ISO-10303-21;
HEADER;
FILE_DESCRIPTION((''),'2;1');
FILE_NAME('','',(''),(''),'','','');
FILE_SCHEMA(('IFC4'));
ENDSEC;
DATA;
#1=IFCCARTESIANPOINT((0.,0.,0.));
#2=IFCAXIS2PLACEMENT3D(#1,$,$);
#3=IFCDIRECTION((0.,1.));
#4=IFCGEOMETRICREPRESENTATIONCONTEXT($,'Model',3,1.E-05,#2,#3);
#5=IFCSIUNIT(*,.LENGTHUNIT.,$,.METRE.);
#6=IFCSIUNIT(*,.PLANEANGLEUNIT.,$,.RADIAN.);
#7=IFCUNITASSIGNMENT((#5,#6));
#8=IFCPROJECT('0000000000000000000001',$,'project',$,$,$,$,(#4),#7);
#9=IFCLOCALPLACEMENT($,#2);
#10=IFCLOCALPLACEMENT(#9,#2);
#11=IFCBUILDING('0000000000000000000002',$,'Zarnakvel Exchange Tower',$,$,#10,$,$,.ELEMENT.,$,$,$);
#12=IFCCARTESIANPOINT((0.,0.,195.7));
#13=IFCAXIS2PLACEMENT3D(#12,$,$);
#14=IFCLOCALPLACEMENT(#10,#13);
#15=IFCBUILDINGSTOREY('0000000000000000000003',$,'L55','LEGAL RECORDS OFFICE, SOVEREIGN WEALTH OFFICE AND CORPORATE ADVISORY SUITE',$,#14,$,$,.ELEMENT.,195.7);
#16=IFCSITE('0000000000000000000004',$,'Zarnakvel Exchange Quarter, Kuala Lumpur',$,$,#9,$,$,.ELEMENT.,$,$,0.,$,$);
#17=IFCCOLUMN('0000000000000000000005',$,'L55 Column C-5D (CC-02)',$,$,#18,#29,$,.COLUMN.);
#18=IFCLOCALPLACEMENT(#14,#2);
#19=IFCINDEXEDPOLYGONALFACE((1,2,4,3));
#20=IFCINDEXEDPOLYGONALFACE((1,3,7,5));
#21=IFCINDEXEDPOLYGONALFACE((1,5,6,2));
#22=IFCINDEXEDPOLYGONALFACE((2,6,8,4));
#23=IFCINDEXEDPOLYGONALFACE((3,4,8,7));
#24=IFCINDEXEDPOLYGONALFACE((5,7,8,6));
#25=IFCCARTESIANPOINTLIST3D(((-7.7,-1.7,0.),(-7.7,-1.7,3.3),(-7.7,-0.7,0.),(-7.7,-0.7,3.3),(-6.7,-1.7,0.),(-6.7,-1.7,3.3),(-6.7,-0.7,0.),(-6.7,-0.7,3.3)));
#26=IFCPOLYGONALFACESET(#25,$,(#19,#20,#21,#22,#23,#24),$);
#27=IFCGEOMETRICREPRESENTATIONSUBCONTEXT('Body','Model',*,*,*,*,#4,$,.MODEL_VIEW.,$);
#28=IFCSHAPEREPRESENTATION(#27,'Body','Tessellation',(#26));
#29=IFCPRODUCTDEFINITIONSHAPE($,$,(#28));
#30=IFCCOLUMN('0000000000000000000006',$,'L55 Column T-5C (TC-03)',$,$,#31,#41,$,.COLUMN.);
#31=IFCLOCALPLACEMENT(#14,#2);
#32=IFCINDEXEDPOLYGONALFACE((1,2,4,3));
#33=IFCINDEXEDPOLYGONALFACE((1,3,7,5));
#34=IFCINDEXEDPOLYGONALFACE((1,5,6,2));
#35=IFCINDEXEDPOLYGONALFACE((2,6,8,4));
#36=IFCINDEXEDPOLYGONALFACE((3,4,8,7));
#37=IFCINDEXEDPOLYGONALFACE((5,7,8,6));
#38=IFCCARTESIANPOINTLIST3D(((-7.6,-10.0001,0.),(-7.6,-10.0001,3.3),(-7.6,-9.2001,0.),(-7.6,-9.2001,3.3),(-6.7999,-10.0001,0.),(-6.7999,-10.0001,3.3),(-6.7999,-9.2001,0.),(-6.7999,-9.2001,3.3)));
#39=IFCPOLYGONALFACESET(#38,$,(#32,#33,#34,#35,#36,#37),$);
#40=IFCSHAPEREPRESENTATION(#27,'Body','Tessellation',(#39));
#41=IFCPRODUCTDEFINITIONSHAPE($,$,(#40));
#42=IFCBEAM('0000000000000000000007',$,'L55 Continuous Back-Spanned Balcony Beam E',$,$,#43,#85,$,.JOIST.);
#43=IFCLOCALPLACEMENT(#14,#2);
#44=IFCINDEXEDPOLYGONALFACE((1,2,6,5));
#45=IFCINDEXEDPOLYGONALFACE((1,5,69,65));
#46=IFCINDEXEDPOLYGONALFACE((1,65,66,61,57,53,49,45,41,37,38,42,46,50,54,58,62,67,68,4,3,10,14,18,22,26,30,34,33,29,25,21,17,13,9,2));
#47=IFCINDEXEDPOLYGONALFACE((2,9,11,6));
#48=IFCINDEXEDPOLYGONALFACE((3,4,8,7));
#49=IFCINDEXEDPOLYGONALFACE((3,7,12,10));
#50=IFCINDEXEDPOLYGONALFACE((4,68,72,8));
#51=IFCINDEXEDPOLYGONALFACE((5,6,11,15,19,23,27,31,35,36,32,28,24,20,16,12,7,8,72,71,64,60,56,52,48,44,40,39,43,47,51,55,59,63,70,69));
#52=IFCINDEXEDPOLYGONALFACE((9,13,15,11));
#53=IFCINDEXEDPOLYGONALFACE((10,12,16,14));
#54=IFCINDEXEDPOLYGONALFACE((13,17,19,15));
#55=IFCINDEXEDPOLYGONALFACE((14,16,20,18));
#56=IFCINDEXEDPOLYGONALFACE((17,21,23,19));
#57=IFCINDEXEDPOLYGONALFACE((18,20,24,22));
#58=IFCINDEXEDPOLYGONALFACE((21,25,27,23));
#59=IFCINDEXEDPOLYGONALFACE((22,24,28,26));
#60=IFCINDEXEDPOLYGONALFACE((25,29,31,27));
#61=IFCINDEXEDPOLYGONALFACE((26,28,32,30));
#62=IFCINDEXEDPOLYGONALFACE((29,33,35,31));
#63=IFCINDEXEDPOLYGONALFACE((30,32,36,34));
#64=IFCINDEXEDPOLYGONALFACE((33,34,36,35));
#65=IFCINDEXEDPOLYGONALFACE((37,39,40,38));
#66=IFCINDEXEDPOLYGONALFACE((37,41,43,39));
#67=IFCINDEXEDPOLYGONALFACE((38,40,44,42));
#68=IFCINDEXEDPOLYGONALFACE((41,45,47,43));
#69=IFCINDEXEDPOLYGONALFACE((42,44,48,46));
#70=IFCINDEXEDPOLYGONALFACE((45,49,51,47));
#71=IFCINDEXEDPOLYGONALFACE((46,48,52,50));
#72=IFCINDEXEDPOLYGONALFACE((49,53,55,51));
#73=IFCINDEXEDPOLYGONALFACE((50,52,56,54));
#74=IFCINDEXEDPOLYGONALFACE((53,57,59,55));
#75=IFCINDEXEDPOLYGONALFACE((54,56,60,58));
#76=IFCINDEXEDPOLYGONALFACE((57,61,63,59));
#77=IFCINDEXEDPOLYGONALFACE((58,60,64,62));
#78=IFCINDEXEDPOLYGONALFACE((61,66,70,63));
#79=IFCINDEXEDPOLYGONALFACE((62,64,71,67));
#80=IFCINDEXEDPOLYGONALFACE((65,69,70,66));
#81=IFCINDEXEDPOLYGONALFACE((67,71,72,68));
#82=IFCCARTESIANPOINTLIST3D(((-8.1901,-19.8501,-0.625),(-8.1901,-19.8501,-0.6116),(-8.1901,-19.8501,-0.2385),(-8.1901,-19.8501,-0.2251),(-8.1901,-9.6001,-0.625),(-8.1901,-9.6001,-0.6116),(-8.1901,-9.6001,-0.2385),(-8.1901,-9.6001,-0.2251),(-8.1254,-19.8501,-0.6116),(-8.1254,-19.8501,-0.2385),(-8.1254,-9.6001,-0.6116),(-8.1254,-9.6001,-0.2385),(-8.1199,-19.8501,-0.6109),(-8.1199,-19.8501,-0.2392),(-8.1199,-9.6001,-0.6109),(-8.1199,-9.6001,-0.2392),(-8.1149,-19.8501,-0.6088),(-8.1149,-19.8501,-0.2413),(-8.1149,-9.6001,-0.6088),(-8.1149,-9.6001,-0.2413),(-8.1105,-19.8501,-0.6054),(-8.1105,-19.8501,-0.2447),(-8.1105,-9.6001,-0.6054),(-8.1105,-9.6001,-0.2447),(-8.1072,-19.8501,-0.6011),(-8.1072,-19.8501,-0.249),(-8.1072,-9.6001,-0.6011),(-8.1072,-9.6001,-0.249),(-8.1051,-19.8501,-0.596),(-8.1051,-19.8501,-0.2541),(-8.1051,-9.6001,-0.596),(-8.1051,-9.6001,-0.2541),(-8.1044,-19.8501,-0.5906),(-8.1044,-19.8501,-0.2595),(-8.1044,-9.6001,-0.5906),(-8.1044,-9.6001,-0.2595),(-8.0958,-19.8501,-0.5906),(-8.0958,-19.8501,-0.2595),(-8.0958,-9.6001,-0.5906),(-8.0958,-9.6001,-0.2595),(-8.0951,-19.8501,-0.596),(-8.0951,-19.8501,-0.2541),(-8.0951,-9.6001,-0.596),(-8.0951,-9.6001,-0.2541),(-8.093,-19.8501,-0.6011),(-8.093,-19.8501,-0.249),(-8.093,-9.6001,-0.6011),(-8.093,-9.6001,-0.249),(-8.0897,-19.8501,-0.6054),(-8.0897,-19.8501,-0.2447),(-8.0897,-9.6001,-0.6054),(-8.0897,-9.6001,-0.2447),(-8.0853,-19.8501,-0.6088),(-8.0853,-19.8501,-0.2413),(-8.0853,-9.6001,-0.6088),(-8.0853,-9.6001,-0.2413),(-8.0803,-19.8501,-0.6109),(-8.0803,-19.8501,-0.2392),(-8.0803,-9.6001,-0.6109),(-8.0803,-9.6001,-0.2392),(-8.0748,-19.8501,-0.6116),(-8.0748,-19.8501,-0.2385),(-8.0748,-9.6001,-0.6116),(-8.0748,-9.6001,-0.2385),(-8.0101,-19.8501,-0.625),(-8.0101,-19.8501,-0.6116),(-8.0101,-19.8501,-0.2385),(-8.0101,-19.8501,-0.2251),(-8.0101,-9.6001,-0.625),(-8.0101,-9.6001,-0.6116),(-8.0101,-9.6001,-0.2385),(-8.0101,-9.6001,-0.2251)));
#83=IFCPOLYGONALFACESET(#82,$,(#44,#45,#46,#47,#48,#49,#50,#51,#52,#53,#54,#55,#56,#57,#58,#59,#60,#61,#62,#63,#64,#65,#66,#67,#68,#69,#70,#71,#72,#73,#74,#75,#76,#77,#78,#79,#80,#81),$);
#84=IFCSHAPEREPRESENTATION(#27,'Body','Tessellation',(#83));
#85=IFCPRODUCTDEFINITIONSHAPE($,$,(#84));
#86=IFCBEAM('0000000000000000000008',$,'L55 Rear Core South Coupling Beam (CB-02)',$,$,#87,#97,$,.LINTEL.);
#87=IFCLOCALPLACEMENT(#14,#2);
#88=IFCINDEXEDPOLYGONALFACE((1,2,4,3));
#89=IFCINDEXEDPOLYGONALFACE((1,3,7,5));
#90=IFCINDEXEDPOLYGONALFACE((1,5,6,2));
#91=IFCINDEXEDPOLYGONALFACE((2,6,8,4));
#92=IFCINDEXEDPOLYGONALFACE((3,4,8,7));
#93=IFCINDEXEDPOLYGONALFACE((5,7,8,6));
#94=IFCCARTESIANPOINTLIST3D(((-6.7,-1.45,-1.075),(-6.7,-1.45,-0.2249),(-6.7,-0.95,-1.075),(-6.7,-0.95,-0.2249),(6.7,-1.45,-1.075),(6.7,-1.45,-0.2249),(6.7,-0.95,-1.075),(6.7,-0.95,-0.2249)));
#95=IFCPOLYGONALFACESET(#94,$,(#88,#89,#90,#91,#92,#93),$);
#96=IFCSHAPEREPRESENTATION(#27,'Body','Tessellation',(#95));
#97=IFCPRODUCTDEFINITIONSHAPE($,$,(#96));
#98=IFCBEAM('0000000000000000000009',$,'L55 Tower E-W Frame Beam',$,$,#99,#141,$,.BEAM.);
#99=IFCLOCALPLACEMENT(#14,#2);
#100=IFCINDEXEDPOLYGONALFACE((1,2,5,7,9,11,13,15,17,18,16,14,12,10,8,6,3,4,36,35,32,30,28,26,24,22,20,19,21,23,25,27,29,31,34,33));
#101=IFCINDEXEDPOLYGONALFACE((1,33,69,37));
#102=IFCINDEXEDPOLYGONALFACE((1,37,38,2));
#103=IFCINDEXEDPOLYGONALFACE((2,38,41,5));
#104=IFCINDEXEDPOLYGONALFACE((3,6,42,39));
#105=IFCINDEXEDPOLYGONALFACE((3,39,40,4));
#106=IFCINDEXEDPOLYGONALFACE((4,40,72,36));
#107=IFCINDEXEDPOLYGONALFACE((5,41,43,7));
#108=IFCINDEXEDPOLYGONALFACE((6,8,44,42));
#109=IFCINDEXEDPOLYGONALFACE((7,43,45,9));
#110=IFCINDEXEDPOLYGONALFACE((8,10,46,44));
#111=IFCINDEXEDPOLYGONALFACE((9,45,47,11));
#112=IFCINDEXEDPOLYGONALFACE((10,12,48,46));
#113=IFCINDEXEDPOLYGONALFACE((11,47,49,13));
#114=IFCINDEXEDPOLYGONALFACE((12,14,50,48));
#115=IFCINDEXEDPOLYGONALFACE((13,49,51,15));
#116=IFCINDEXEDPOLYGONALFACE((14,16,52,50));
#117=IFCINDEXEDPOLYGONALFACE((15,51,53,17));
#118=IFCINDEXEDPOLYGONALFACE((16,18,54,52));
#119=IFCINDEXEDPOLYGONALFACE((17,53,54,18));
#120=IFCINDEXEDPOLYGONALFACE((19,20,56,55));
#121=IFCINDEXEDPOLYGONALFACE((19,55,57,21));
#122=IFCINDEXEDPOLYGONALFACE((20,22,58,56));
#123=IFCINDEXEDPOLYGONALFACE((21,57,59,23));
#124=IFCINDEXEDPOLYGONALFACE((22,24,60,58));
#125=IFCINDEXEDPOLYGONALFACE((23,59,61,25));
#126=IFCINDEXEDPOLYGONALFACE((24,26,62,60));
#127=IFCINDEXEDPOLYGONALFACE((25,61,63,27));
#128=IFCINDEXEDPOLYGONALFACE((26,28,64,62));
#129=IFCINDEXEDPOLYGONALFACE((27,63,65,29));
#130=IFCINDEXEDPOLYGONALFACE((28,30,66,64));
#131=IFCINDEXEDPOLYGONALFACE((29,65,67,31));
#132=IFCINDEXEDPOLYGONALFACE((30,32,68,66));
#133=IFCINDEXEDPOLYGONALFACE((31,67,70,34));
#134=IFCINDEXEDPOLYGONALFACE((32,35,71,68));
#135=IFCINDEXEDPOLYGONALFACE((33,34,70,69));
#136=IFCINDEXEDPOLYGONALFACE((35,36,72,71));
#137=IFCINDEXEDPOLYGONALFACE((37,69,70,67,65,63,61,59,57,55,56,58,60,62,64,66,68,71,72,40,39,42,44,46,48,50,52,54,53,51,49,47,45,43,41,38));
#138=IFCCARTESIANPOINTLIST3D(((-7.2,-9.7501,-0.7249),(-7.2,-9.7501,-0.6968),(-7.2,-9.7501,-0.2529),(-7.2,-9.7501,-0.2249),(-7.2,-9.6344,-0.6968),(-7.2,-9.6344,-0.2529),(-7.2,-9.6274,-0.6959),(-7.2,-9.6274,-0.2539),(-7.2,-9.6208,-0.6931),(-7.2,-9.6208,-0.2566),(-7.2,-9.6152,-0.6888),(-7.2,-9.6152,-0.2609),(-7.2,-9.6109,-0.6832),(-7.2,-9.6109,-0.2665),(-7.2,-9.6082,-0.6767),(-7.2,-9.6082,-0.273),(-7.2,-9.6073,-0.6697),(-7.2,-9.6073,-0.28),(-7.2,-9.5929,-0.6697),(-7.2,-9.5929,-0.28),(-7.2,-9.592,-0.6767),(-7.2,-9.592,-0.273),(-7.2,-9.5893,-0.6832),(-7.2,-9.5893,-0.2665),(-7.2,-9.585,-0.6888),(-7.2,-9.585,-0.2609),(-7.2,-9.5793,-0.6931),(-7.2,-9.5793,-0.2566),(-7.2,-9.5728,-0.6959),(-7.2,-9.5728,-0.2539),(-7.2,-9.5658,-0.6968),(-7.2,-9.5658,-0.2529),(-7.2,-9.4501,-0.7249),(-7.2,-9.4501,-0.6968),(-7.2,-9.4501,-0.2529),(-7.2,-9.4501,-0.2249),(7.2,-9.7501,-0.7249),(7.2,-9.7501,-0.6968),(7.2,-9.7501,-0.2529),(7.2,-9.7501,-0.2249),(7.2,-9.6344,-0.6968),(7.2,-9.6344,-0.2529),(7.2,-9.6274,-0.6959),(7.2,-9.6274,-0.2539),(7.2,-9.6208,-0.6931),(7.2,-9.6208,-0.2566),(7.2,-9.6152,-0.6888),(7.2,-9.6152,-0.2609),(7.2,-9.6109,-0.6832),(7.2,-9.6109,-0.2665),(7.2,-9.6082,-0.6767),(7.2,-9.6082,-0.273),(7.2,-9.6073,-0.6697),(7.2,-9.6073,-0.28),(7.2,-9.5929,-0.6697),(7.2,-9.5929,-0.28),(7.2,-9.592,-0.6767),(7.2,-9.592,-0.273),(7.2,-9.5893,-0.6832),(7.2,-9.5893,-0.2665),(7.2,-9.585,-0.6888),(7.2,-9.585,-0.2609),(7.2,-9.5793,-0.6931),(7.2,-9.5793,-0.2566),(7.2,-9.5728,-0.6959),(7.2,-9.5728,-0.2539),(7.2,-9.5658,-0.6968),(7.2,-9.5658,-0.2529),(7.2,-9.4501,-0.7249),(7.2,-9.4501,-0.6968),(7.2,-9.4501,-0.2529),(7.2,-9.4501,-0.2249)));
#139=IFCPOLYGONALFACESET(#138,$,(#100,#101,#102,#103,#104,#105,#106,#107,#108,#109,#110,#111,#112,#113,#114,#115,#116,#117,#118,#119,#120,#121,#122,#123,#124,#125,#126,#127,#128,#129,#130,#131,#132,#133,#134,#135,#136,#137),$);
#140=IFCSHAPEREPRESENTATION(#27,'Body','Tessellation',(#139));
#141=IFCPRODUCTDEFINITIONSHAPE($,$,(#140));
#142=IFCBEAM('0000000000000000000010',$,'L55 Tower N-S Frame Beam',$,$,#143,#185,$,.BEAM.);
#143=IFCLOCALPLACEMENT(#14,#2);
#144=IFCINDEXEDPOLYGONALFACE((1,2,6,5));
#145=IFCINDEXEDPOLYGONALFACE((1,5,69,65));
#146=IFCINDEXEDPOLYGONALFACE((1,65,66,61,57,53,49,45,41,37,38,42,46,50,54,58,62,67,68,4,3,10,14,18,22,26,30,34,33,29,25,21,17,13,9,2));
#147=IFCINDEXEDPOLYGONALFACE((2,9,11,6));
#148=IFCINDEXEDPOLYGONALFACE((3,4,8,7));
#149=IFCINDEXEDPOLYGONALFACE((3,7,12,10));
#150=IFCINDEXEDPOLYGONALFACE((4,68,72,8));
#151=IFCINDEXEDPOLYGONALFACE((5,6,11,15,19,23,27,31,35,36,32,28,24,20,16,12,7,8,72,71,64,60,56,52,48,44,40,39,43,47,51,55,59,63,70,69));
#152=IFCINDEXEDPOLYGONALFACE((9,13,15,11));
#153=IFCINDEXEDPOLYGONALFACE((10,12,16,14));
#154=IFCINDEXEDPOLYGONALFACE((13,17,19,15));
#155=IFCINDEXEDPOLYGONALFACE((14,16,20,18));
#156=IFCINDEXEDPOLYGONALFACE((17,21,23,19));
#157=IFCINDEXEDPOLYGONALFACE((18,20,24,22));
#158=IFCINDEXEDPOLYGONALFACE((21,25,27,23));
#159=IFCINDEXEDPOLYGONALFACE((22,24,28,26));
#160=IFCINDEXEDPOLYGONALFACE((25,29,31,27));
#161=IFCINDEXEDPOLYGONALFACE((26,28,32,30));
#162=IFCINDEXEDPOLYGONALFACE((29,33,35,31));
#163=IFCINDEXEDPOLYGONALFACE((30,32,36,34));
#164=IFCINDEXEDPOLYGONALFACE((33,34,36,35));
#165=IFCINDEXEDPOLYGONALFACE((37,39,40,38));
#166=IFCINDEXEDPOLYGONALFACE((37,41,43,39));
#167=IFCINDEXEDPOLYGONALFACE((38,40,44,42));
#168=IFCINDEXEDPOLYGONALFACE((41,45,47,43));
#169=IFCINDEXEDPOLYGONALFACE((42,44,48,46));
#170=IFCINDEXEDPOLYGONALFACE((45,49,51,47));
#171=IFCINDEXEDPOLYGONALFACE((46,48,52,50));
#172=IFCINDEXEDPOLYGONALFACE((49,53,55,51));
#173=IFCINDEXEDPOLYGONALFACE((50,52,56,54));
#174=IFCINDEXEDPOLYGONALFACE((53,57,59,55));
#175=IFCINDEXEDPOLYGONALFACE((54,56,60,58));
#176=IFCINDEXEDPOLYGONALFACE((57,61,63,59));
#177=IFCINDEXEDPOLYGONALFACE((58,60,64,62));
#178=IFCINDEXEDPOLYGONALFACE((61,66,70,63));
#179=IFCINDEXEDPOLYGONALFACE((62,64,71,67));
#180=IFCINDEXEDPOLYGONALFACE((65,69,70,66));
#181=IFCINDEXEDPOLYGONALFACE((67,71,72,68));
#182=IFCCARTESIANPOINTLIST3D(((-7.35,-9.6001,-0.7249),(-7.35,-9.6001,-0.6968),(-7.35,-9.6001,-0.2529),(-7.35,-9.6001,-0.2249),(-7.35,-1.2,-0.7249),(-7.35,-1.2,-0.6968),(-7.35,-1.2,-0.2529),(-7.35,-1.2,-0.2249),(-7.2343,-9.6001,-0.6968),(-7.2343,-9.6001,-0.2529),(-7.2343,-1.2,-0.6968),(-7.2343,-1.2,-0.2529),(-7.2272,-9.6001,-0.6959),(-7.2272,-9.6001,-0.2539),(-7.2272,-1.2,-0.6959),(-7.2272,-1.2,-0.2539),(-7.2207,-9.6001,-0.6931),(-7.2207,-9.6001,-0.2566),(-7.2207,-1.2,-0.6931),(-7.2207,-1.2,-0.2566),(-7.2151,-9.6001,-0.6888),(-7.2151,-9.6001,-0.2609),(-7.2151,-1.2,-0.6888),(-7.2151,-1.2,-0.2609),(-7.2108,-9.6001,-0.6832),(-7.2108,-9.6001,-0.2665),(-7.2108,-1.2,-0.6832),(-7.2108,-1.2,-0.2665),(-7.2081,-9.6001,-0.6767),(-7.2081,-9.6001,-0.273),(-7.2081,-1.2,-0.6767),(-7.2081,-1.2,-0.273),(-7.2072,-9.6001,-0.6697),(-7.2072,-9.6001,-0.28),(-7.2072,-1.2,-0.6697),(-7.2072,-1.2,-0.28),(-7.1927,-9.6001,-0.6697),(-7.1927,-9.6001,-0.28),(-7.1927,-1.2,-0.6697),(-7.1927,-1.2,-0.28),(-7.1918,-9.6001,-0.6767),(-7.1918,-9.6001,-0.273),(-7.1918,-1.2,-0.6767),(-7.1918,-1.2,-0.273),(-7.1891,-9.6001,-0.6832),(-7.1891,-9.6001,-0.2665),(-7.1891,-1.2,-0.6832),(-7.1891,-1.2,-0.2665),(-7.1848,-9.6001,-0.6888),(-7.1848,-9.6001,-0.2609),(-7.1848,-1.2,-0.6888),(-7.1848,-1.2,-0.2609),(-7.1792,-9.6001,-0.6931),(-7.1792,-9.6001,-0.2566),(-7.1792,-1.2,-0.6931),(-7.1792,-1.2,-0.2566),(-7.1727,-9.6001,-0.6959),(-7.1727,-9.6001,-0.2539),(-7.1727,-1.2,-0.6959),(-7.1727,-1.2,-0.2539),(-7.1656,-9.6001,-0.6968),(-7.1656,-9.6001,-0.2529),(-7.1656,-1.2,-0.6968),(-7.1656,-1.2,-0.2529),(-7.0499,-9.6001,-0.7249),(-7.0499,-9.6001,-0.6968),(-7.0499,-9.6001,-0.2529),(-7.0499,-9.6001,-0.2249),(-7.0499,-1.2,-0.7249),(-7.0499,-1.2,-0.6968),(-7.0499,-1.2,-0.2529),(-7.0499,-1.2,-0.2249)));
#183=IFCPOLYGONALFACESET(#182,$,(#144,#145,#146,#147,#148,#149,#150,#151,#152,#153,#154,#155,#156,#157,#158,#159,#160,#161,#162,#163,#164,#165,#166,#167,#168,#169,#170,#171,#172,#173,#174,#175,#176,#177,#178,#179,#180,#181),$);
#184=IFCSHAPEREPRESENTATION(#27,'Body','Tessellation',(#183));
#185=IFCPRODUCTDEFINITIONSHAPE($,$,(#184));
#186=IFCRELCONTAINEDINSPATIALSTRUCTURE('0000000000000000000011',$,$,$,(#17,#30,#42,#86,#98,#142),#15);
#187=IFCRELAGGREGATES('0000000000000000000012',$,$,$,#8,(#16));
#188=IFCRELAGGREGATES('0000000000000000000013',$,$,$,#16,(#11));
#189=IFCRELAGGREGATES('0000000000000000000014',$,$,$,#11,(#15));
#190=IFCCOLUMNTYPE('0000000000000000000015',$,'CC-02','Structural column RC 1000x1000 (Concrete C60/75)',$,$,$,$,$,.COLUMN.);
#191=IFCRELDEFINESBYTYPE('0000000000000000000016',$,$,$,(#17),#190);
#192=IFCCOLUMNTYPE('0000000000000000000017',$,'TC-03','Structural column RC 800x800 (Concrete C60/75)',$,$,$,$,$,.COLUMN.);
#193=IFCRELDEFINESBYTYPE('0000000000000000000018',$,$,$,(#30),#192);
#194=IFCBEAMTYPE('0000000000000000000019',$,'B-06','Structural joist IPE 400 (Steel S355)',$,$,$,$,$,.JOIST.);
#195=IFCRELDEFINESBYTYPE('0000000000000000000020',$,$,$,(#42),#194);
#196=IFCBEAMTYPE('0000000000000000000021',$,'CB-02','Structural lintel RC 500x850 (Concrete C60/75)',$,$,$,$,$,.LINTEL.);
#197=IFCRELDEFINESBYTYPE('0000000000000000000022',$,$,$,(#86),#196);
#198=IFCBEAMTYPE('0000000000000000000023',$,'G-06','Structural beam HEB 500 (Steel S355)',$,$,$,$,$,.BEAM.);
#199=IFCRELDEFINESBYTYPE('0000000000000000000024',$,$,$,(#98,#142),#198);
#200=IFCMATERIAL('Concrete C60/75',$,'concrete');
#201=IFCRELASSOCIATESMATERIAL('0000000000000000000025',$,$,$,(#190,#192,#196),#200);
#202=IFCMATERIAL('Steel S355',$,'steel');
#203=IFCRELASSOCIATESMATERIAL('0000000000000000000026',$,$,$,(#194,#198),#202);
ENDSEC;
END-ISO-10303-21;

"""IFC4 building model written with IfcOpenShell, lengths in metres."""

from ifc_helpers import new_model, si_unit, direction, frame, origin, origin_2d, place, context, subcontext, project, spatial, rectangle, i_section, extrude, material, material_profile, profile_set, type_object, element, save


model = new_model("IFC4")

# Units and contexts
model_context = context("Model", 3, precision=1e-05, world=origin(), true_north=direction((0.0, 1.0)))
body_context = subcontext(model_context, "Body", "Model", "MODEL_VIEW")
ifc_project = project(units=[si_unit("LENGTHUNIT", "METRE"), si_unit("PLANEANGLEUNIT", "RADIAN")], contexts=[model_context])

# Site, building, storey
site_placement = place(None, origin())
site = spatial("IfcSite", under=ifc_project, at=site_placement, Name="Zarnakvel Exchange Quarter, Kuala Lumpur", CompositionType="ELEMENT", RefElevation=0.0)
building_placement = place(site_placement, origin())
building = spatial("IfcBuilding", under=site, at=building_placement, Name="Zarnakvel Exchange Tower", CompositionType="ELEMENT")
storey_placement = place(building_placement, frame((0.0, 0.0, 195.7)))
storey = spatial("IfcBuildingStorey", under=building, at=storey_placement, Name="L55", Description="LEGAL RECORDS OFFICE, SOVEREIGN WEALTH OFFICE AND CORPORATE ADVISORY SUITE", CompositionType="ELEMENT", Elevation=195.7)

# Columns
ifc_material_1 = material(Name="Concrete C60/75", Category="concrete")
ifc_material_profile_1 = material_profile(ifc_material_1, rectangle(XDim=1.0, YDim=1.0, at=origin_2d()))
ifc_profile_set_1 = profile_set([ifc_material_profile_1], Name="Concrete C60/75")
column_type_1 = type_object("IfcColumnType", Name="CC-02", Description="Structural column RC 1000x1000 (Concrete C60/75)", PredefinedType="COLUMN", material=ifc_profile_set_1)
column_1_placement = place(storey_placement, frame((-7.2, -1.2, 0.0), z_axis=(0.0, 0.0, 1.0), x_axis=(1.0, 0.0, 0.0)))
element("IfcColumn", 1, at=column_1_placement, inside=storey, type_object=column_type_1, Name="L55 Column C-5D (CC-02)", PredefinedType="COLUMN", context=body_context, shape_type="SweptSolid", body=[
    extrude(rectangle(XDim=1.0, YDim=1.0, at=origin_2d()), origin(), (0.0, 0.0, 1.0), 3.3),
])
ifc_material_profile_2 = material_profile(ifc_material_1, rectangle(XDim=0.8, YDim=0.8, at=origin_2d()))
ifc_profile_set_2 = profile_set([ifc_material_profile_2], Name="Concrete C60/75")
column_type_2 = type_object("IfcColumnType", Name="TC-03", Description="Structural column RC 800x800 (Concrete C60/75)", PredefinedType="COLUMN", material=ifc_profile_set_2)
column_2_placement = place(storey_placement, frame((-7.2, -9.6001, 0.0), z_axis=(0.0, 0.0, 1.0), x_axis=(1.0, 0.0, 0.0)))
element("IfcColumn", 2, at=column_2_placement, inside=storey, type_object=column_type_2, Name="L55 Column T-5C (TC-03)", PredefinedType="COLUMN", context=body_context, shape_type="SweptSolid", body=[
    extrude(rectangle(XDim=0.8, YDim=0.8, at=origin_2d()), origin(), (0.0, 0.0, 1.0), 3.3),
])

# Beams
ifc_material_2 = material(Name="Steel S355", Category="steel")
ifc_material_profile_3 = material_profile(ifc_material_2, i_section(OverallWidth=0.1799, OverallDepth=0.3999, WebThickness=0.0085, FlangeThickness=0.0134, FilletRadius=0.021, at=origin_2d()))
ifc_profile_set_3 = profile_set([ifc_material_profile_3], Name="Steel S355")
beam_type_1 = type_object("IfcBeamType", Name="B-06", Description="Structural joist IPE 400 (Steel S355)", PredefinedType="JOIST", material=ifc_profile_set_3)
beam_1_placement = place(storey_placement, frame((-8.1001, -9.6001, -0.425), z_axis=(0.0, -1.0, 0.0), x_axis=(1.0, 0.0, 0.0)))
element("IfcBeam", 3, at=beam_1_placement, inside=storey, type_object=beam_type_1, Name="L55 Continuous Back-Spanned Balcony Beam E", PredefinedType="JOIST", context=body_context, shape_type="SweptSolid", body=[
    extrude(i_section(OverallWidth=0.1799, OverallDepth=0.3999, WebThickness=0.0085, FlangeThickness=0.0134, FilletRadius=0.021, at=origin_2d()), origin(), (0.0, 0.0, 1.0), 10.25),
])
ifc_material_profile_4 = material_profile(ifc_material_1, rectangle(XDim=0.5, YDim=0.8501, at=origin_2d()))
ifc_profile_set_4 = profile_set([ifc_material_profile_4], Name="Concrete C60/75")
beam_type_2 = type_object("IfcBeamType", Name="CB-02", Description="Structural lintel RC 500x850 (Concrete C60/75)", PredefinedType="LINTEL", material=ifc_profile_set_4)
beam_2_placement = place(storey_placement, frame((-6.7, -1.2, -0.6499), z_axis=(1.0, 0.0, 0.0), x_axis=(0.0, 1.0, 0.0)))
element("IfcBeam", 4, at=beam_2_placement, inside=storey, type_object=beam_type_2, Name="L55 Rear Core South Coupling Beam (CB-02)", PredefinedType="LINTEL", context=body_context, shape_type="SweptSolid", body=[
    extrude(rectangle(XDim=0.5, YDim=0.8501, at=origin_2d()), origin(), (0.0, 0.0, 1.0), 13.3999),
])
ifc_material_profile_5 = material_profile(ifc_material_2, i_section(OverallWidth=0.3, OverallDepth=0.5, WebThickness=0.0144, FlangeThickness=0.0281, FilletRadius=0.0271, at=origin_2d()))
ifc_profile_set_5 = profile_set([ifc_material_profile_5], Name="Steel S355")
beam_type_3 = type_object("IfcBeamType", Name="G-06", Description="Structural beam HEB 500 (Steel S355)", PredefinedType="BEAM", material=ifc_profile_set_5)
beam_3_placement = place(storey_placement, frame((-7.2, -9.6001, -0.4749), z_axis=(1.0, 0.0, 0.0), x_axis=(0.0, 1.0, 0.0)))
element("IfcBeam", 5, at=beam_3_placement, inside=storey, type_object=beam_type_3, Name="L55 Tower E-W Frame Beam", PredefinedType="BEAM", context=body_context, shape_type="SweptSolid", body=[
    extrude(i_section(OverallWidth=0.3, OverallDepth=0.5, WebThickness=0.0144, FlangeThickness=0.0281, FilletRadius=0.0271, at=origin_2d()), origin(), (0.0, 0.0, 1.0), 14.3999),
])
beam_4_placement = place(storey_placement, frame((-7.2, -9.6001, -0.4749), z_axis=(0.0, 1.0, 0.0), x_axis=(-1.0, 0.0, 0.0)))
element("IfcBeam", 6, at=beam_4_placement, inside=storey, type_object=beam_type_3, Name="L55 Tower N-S Frame Beam", PredefinedType="BEAM", context=body_context, shape_type="SweptSolid", body=[
    extrude(i_section(OverallWidth=0.3, OverallDepth=0.5, WebThickness=0.0144, FlangeThickness=0.0281, FilletRadius=0.0271, at=origin_2d()), origin(), (0.0, 0.0, 1.0), 8.4001),
])

save(model, "model.ifc")
